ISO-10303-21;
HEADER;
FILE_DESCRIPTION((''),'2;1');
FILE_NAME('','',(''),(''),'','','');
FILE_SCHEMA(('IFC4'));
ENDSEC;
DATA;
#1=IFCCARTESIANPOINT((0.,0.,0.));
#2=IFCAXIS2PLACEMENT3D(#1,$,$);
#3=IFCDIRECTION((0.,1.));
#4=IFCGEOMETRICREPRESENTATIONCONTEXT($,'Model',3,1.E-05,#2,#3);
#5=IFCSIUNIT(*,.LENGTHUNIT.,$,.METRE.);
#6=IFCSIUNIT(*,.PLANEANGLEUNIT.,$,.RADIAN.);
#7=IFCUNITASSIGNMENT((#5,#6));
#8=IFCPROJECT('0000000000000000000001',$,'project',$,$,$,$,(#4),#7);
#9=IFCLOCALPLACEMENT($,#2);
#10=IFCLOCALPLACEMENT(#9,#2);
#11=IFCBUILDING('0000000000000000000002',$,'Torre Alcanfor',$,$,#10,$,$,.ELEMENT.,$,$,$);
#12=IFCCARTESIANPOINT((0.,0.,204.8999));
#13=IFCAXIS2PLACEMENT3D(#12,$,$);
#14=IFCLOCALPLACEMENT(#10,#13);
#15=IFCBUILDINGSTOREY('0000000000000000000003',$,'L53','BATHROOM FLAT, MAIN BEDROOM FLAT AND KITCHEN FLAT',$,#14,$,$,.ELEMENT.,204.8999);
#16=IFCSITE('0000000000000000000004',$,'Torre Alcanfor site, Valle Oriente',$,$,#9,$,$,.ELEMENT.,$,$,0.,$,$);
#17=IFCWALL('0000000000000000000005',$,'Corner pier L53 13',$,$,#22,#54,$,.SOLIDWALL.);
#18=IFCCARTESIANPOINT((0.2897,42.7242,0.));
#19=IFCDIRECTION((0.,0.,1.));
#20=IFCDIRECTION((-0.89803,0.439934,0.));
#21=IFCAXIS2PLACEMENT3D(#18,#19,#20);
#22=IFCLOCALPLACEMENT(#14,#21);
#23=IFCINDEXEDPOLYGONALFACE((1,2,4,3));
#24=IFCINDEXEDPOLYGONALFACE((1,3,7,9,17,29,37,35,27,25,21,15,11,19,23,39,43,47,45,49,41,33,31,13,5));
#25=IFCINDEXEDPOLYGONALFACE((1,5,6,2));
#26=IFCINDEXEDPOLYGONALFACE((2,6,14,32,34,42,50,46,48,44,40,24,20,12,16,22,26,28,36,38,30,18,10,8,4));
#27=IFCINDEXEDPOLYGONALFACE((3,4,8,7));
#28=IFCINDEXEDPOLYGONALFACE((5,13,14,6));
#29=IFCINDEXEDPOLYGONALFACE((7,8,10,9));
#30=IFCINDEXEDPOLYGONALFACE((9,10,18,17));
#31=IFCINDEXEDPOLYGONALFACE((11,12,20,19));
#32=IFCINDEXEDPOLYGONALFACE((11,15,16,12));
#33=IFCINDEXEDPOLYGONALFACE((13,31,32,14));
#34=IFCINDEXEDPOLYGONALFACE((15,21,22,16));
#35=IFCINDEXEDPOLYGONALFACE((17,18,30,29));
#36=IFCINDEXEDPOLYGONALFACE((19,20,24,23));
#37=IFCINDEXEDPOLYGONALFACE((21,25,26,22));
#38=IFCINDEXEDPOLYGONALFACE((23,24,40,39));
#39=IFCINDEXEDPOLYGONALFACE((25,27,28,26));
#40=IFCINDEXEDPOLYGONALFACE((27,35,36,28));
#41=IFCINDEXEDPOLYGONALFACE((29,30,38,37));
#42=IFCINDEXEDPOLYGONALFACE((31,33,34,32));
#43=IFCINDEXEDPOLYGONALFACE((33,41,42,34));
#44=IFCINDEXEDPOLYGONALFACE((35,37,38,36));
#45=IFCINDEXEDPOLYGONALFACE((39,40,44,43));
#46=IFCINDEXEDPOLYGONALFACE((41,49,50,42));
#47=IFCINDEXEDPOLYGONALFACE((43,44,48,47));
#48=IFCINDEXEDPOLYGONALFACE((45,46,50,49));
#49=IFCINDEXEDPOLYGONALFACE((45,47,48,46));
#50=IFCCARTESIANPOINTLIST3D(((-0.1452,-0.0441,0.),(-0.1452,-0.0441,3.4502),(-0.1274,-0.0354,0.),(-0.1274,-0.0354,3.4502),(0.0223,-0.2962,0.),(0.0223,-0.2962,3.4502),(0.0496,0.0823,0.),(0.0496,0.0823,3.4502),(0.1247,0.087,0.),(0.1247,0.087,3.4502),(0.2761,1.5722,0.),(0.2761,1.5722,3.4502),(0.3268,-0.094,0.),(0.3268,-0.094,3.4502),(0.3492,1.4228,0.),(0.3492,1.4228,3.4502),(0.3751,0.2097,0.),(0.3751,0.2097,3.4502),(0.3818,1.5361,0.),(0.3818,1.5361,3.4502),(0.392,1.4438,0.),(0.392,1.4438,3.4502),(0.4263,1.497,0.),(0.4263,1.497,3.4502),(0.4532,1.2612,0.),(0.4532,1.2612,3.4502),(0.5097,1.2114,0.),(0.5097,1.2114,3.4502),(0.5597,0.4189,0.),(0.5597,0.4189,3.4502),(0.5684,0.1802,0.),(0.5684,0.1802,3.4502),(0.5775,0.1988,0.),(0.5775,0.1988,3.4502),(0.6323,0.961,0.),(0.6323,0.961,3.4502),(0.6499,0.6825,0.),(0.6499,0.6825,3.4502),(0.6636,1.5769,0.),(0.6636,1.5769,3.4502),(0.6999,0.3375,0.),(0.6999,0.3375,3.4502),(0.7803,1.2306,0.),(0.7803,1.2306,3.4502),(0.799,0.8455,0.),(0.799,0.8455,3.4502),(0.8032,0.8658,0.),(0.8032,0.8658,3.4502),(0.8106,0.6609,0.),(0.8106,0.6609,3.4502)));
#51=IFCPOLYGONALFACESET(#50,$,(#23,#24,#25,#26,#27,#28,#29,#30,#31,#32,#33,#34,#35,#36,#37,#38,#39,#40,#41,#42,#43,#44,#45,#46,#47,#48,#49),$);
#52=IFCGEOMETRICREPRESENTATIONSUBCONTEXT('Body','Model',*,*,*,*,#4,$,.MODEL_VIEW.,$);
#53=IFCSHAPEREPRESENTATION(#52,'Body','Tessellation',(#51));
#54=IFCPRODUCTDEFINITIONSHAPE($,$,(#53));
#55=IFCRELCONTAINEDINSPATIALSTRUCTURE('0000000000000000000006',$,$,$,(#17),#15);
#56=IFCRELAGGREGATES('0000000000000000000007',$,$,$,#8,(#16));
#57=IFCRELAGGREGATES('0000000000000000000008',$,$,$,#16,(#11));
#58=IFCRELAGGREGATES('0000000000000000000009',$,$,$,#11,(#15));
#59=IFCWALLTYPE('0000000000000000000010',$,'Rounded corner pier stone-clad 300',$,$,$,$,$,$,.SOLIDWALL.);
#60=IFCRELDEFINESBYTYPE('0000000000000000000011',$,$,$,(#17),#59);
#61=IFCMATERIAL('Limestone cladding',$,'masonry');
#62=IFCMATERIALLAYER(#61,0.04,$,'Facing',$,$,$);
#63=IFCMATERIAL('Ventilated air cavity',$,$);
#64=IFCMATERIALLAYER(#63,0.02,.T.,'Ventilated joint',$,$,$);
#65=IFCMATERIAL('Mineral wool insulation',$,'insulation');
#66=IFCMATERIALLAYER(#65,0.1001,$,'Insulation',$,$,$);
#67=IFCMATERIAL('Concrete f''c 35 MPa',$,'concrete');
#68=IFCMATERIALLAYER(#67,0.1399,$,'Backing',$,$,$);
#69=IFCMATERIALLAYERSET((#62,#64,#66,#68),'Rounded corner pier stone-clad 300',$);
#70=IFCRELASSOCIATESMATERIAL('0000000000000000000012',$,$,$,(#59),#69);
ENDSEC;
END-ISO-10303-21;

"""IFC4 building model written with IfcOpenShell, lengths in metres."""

from ifc_helpers import new_model, si_unit, direction, frame, origin, place, context, subcontext, project, spatial, polyline, outline, extrude, material, layer, layer_set, type_object, element, save


model = new_model("IFC4")

# Units and contexts
model_context = context("Model", 3, precision=1e-05, world=origin(), true_north=direction((0.0, 1.0)))
body_context = subcontext(model_context, "Body", "Model", "MODEL_VIEW")
ifc_project = project(units=[si_unit("LENGTHUNIT", "METRE"), si_unit("PLANEANGLEUNIT", "RADIAN")], contexts=[model_context])

# Site, building, storey
site_placement = place(None, origin())
site = spatial("IfcSite", under=ifc_project, at=site_placement, Name="Torre Alcanfor site, Valle Oriente", CompositionType="ELEMENT", RefElevation=0.0)
building_placement = place(site_placement, origin())
building = spatial("IfcBuilding", under=site, at=building_placement, Name="Torre Alcanfor", CompositionType="ELEMENT")
storey_placement = place(building_placement, frame((0.0, 0.0, 204.8999)))
storey = spatial("IfcBuildingStorey", under=building, at=storey_placement, Name="L53", Description="BATHROOM FLAT, MAIN BEDROOM FLAT AND KITCHEN FLAT", CompositionType="ELEMENT", Elevation=204.8999)

# Wall
ifc_material_1 = material(Name="Limestone cladding", Category="masonry")
ifc_layer_1 = layer(ifc_material_1, 0.04, Name="Facing")
ifc_material_2 = material(Name="Ventilated air cavity")
ifc_layer_2 = layer(ifc_material_2, 0.02, ventilated=True, Name="Ventilated joint")
ifc_material_3 = material(Name="Mineral wool insulation", Category="insulation")
ifc_layer_3 = layer(ifc_material_3, 0.1001, Name="Insulation")
ifc_material_4 = material(Name="Concrete f'c 35 MPa", Category="concrete")
ifc_layer_4 = layer(ifc_material_4, 0.1399, Name="Backing")
ifc_layer_set_1 = layer_set([ifc_layer_1, ifc_layer_2, ifc_layer_3, ifc_layer_4], Name="Rounded corner pier stone-clad 300")
wall_type_1 = type_object("IfcWallType", Name="Rounded corner pier stone-clad 300", PredefinedType="SOLIDWALL", material=ifc_layer_set_1)
wall_1_placement = place(storey_placement, frame((0.2897, 42.7242, 0.0), z_axis=(0.0, 0.0, 1.0), x_axis=(-0.89803, 0.439934, 0.0)))
element("IfcWall", 1, at=wall_1_placement, inside=storey, type_object=wall_type_1, Name="Corner pier L53 13", PredefinedType="SOLIDWALL", context=body_context, shape_type="SweptSolid", body=[
    extrude(outline(polyline([(-0.1452, -0.0441), (0.0223, -0.2962), (0.3268, -0.094), (0.5684, 0.1802), (0.5775, 0.1988), (0.6999, 0.3375), (0.8106, 0.6609), (0.799, 0.8455), (0.8032, 0.8658), (0.7803, 1.2306), (0.6636, 1.5769), (0.4263, 1.497), (0.3818, 1.5361), (0.2761, 1.5722), (0.3492, 1.4228), (0.392, 1.4438), (0.4532, 1.2612), (0.5097, 1.2114), (0.6323, 0.961), (0.6499, 0.6825), (0.5597, 0.4189), (0.3751, 0.2097), (0.1247, 0.087), (0.0496, 0.0823), (-0.1274, -0.0354), (-0.1452, -0.0441)])), origin(), (0.0, 0.0, 1.0), 3.4502),
])

save(model, "model.ifc")
